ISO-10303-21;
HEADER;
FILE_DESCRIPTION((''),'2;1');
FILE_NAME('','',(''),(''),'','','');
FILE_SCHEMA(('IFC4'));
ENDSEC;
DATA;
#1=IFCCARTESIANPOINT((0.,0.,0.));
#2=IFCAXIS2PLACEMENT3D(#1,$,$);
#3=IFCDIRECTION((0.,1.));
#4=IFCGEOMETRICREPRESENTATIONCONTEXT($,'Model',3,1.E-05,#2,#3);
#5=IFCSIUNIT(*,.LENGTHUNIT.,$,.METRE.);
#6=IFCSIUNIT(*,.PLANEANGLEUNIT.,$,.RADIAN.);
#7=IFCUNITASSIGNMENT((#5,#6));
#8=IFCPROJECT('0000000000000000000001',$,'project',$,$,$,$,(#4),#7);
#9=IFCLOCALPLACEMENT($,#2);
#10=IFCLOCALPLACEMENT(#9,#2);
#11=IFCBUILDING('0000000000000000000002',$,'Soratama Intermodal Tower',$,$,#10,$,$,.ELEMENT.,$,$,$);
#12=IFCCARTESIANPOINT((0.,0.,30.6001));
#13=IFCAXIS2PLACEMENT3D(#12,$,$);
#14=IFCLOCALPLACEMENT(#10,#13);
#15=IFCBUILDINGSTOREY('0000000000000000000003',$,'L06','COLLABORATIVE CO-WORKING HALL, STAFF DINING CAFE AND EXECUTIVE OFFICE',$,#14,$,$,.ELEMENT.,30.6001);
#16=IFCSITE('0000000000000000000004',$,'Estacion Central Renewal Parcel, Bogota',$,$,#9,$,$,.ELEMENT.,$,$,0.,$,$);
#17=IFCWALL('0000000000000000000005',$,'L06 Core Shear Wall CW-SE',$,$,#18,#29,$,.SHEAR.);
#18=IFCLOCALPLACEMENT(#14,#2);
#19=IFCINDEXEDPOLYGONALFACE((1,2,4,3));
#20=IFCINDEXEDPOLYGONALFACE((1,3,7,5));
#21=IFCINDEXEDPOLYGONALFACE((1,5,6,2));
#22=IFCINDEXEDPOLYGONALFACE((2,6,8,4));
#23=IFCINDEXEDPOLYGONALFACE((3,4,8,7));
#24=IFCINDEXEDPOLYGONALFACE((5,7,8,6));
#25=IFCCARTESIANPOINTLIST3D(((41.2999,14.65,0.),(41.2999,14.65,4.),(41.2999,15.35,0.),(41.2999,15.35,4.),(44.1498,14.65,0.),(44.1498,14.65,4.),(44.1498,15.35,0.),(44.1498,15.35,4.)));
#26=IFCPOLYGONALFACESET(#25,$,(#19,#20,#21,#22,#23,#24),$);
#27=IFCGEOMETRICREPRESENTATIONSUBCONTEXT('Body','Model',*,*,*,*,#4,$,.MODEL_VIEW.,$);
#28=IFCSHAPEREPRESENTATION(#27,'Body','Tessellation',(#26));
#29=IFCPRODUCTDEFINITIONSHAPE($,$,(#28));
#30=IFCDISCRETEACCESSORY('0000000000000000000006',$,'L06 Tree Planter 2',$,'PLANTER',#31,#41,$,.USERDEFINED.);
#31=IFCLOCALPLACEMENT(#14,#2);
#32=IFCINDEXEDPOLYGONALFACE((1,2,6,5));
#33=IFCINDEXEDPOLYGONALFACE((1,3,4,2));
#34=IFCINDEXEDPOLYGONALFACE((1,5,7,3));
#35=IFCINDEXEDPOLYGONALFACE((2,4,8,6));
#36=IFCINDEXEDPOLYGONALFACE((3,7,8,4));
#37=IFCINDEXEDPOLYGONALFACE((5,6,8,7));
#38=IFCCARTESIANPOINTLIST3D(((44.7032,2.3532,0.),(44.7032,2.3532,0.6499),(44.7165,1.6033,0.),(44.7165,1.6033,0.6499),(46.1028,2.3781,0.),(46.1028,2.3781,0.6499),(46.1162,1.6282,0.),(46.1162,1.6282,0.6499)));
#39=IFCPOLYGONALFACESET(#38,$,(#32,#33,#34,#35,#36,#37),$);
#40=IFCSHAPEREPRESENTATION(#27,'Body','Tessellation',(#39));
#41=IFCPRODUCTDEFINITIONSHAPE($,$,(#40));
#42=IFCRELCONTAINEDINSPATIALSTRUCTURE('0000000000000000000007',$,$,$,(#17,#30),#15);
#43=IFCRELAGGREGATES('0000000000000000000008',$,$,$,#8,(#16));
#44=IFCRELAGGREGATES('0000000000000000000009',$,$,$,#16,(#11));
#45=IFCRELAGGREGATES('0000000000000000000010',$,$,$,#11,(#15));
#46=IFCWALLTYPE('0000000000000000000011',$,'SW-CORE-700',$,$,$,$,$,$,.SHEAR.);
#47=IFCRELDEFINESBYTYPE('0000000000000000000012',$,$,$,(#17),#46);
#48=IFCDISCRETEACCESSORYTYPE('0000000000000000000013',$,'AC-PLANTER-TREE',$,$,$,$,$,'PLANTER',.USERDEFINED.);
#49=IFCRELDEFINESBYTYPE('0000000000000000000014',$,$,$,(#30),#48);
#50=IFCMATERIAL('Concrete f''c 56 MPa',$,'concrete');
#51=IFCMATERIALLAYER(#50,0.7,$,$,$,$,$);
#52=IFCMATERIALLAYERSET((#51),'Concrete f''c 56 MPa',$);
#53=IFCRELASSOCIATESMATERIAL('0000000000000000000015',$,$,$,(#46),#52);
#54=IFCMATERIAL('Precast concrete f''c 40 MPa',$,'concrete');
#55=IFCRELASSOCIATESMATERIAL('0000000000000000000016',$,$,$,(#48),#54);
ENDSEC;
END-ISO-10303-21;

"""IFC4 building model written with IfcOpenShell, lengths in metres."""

from ifc_helpers import new_model, si_unit, direction, frame, frame_2d, origin, origin_2d, place, context, subcontext, project, spatial, rectangle, extrude, material, layer, layer_set, type_object, element, save


model = new_model("IFC4")

# Units and contexts
model_context = context("Model", 3, precision=1e-05, world=origin(), true_north=direction((0.0, 1.0)))
body_context = subcontext(model_context, "Body", "Model", "MODEL_VIEW")
ifc_project = project(units=[si_unit("LENGTHUNIT", "METRE"), si_unit("PLANEANGLEUNIT", "RADIAN")], contexts=[model_context])

# Site, building, storey
site_placement = place(None, origin())
site = spatial("IfcSite", under=ifc_project, at=site_placement, Name="Estacion Central Renewal Parcel, Bogota", CompositionType="ELEMENT", RefElevation=0.0)
building_placement = place(site_placement, origin())
building = spatial("IfcBuilding", under=site, at=building_placement, Name="Soratama Intermodal Tower", CompositionType="ELEMENT")
storey_placement = place(building_placement, frame((0.0, 0.0, 30.6001)))
storey = spatial("IfcBuildingStorey", under=building, at=storey_placement, Name="L06", Description="COLLABORATIVE CO-WORKING HALL, STAFF DINING CAFE AND EXECUTIVE OFFICE", CompositionType="ELEMENT", Elevation=30.6001)

# Wall
ifc_material_1 = material(Name="Concrete f'c 56 MPa", Category="concrete")
ifc_layer_1 = layer(ifc_material_1, 0.7)
ifc_layer_set_1 = layer_set([ifc_layer_1], Name="Concrete f'c 56 MPa")
wall_type_1 = type_object("IfcWallType", Name="SW-CORE-700", PredefinedType="SHEAR", material=ifc_layer_set_1)
wall_1_placement = place(storey_placement, frame((41.3, 15.0, 0.0), z_axis=(0.0, 0.0, 1.0), x_axis=(1.0, 0.0, 0.0)))
element("IfcWall", 1, at=wall_1_placement, inside=storey, type_object=wall_type_1, Name="L06 Core Shear Wall CW-SE", PredefinedType="SHEAR", context=body_context, shape_type="SweptSolid", body=[
    extrude(rectangle(XDim=2.8499, YDim=0.7, at=frame_2d((1.4248, 0.0))), origin(), (0.0, 0.0, 1.0), 4.0),
])

# Discrete accessory
ifc_material_2 = material(Name="Precast concrete f'c 40 MPa", Category="concrete")
discrete_accessory_type = type_object("IfcDiscreteAccessoryType", Name="AC-PLANTER-TREE", ElementType="PLANTER", PredefinedType="USERDEFINED", material=ifc_material_2)
discrete_accessory_placement = place(storey_placement, frame((45.4097, 1.9907, 0.0), z_axis=(0.0, 0.0, 1.0), x_axis=(0.017801, -0.999842, 0.0)))
element("IfcDiscreteAccessory", 2, at=discrete_accessory_placement, inside=storey, type_object=discrete_accessory_type, Name="L06 Tree Planter 2", ObjectType="PLANTER", PredefinedType="USERDEFINED", context=body_context, shape_type="SweptSolid", body=[
    extrude(rectangle(XDim=0.75, YDim=1.3999, at=origin_2d()), origin(), (0.0, 0.0, 1.0), 0.6499),
])

save(model, "model.ifc")
